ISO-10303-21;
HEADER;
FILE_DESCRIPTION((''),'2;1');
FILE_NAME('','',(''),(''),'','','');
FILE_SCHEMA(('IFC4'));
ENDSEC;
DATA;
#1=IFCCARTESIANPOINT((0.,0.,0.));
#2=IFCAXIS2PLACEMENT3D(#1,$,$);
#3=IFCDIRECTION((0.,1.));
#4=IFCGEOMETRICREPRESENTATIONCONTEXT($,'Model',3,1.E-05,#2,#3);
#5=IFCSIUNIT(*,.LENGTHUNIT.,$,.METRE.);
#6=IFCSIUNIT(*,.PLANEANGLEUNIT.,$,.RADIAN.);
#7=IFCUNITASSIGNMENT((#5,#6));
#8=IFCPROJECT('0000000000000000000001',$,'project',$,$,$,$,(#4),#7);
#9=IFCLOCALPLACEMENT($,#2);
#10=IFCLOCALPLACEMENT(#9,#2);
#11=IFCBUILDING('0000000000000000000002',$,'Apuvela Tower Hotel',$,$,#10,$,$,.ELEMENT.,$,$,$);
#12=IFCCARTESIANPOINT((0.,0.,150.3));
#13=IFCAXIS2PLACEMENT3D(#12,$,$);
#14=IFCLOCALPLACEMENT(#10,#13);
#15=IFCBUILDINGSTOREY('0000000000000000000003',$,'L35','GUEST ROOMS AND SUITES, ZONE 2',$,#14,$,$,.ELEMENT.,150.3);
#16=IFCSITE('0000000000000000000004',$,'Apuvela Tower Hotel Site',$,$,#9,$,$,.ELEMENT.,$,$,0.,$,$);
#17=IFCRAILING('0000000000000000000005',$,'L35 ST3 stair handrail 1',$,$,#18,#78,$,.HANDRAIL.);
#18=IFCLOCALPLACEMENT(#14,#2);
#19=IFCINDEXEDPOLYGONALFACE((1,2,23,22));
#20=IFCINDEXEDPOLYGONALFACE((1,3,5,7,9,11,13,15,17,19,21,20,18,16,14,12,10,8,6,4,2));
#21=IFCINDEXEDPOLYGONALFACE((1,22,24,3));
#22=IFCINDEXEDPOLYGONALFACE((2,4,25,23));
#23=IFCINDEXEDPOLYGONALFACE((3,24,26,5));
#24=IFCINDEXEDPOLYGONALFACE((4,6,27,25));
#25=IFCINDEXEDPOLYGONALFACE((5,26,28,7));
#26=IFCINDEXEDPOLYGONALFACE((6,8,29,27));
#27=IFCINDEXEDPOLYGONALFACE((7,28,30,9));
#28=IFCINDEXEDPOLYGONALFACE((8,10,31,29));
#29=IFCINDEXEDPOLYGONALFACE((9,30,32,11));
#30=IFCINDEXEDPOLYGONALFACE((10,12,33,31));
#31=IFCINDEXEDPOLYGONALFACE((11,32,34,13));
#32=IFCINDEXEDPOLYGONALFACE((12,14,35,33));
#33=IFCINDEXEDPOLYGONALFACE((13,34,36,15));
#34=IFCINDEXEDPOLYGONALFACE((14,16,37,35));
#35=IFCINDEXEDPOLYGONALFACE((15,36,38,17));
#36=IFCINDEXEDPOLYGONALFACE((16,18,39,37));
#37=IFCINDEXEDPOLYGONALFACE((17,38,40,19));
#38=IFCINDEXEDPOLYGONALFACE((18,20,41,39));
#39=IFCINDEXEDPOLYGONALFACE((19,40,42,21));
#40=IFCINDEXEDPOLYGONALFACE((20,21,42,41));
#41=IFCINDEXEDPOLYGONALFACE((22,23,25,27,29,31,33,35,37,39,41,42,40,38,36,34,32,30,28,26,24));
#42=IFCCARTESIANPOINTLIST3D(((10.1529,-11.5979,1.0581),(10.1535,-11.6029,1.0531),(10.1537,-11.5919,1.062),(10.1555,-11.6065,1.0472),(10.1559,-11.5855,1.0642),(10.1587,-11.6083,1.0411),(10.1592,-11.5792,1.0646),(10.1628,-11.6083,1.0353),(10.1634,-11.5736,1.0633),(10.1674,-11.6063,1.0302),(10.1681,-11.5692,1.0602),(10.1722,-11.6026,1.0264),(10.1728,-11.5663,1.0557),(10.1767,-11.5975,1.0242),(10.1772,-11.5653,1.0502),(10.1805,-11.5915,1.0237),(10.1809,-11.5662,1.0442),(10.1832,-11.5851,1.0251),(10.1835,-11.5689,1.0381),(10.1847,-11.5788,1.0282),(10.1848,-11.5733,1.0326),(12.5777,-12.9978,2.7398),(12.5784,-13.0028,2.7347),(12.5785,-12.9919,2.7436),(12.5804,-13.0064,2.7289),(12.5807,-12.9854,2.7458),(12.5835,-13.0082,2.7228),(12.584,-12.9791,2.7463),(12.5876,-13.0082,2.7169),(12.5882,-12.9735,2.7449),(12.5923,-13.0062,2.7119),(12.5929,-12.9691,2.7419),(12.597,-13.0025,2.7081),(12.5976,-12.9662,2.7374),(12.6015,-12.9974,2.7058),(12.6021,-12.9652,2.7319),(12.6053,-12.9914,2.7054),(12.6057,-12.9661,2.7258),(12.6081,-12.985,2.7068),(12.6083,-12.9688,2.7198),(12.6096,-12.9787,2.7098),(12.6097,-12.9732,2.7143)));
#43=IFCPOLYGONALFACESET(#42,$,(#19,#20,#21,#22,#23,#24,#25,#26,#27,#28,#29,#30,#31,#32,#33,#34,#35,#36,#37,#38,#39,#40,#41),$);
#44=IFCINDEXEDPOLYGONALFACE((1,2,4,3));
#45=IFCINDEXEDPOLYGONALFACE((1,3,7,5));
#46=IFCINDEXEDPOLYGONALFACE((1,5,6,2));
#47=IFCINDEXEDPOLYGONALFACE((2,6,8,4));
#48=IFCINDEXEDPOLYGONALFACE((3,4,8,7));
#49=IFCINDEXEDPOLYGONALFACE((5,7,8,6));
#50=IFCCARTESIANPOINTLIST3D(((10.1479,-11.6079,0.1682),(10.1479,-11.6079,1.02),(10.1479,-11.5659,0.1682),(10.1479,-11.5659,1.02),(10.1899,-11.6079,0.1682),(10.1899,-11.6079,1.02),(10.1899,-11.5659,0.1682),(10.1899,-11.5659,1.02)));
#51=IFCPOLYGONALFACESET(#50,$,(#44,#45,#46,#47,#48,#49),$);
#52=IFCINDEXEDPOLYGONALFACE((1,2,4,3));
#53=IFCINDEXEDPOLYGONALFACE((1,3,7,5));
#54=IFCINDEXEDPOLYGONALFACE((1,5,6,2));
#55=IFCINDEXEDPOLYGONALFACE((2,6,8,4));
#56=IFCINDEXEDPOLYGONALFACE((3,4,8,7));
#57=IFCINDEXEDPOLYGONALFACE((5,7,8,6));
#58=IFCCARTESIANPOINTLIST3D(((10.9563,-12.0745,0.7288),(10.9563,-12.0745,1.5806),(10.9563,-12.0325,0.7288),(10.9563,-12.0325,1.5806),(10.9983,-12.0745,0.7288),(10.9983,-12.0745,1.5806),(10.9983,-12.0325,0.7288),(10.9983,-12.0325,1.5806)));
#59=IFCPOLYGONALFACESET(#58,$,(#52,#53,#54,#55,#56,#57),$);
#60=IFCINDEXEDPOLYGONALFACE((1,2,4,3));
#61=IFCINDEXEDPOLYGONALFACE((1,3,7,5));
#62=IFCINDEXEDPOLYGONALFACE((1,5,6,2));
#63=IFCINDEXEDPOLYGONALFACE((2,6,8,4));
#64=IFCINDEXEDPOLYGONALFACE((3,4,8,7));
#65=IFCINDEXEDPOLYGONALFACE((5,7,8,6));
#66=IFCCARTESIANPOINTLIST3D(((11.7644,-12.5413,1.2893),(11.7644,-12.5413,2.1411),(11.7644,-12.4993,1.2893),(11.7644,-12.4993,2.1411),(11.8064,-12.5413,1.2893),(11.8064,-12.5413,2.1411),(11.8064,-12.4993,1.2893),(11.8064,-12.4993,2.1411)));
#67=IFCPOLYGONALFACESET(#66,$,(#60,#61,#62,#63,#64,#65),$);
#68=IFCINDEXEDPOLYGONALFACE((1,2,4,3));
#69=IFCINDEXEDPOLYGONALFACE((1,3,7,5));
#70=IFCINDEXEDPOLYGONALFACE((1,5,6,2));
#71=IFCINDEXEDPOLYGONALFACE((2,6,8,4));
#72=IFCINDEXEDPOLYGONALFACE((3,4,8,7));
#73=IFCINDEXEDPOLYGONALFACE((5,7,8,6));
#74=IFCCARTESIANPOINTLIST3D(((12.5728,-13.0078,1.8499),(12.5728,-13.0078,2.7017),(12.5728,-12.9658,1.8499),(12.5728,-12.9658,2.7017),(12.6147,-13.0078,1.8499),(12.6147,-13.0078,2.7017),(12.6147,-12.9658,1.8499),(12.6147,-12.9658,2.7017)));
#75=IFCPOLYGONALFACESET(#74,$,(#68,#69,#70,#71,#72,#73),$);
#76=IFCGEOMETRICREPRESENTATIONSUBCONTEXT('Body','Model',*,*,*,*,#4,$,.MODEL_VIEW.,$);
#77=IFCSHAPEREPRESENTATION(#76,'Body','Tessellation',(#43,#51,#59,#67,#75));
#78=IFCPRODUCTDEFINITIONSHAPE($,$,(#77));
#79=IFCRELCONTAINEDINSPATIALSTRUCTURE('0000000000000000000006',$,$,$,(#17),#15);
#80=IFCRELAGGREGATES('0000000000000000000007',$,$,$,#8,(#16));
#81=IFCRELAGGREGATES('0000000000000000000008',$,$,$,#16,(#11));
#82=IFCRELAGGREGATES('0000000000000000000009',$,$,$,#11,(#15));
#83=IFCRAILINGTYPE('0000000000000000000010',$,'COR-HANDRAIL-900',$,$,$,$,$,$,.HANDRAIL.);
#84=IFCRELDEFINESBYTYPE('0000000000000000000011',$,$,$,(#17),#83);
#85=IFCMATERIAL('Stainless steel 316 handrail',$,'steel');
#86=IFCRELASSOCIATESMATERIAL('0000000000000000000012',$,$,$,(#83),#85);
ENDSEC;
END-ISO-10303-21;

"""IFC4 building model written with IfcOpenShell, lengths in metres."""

from ifc_helpers import new_model, si_unit, direction, frame, origin, origin_2d, place, context, subcontext, project, spatial, rectangle, circle, extrude, material, type_object, element, save


model = new_model("IFC4")

# Units and contexts
model_context = context("Model", 3, precision=1e-05, world=origin(), true_north=direction((0.0, 1.0)))
body_context = subcontext(model_context, "Body", "Model", "MODEL_VIEW")
ifc_project = project(units=[si_unit("LENGTHUNIT", "METRE"), si_unit("PLANEANGLEUNIT", "RADIAN")], contexts=[model_context])

# Site, building, storey
site_placement = place(None, origin())
site = spatial("IfcSite", under=ifc_project, at=site_placement, Name="Apuvela Tower Hotel Site", CompositionType="ELEMENT", RefElevation=0.0)
building_placement = place(site_placement, origin())
building = spatial("IfcBuilding", under=site, at=building_placement, Name="Apuvela Tower Hotel", CompositionType="ELEMENT")
storey_placement = place(building_placement, frame((0.0, 0.0, 150.3)))
storey = spatial("IfcBuildingStorey", under=building, at=storey_placement, Name="L35", Description="GUEST ROOMS AND SUITES, ZONE 2", CompositionType="ELEMENT", Elevation=150.3)

# Railing
ifc_material_1 = material(Name="Stainless steel 316 handrail", Category="steel")
railing_type_1 = type_object("IfcRailingType", Name="COR-HANDRAIL-900", PredefinedType="HANDRAIL", material=ifc_material_1)
railing_1_placement = place(storey_placement, frame((10.1689, -11.5869, 0.1682)))
element("IfcRailing", 1, at=railing_1_placement, inside=storey, type_object=railing_type_1, Name="L35 ST3 stair handrail 1", PredefinedType="HANDRAIL", context=body_context, shape_type="SweptSolid", body=[
    extrude(circle(Radius=0.0239, at=origin_2d()), frame((0.0, 0.0, 0.876), z_axis=(0.742419, -0.428618, 0.514879), x_axis=(0.499984, 0.866035, 0.0)), (0.0, 0.0, 1.0), 3.2661),
    extrude(rectangle(XDim=0.042, YDim=0.042, at=origin_2d()), origin(), (0.0, 0.0, 1.0), 0.8518),
    extrude(rectangle(XDim=0.042, YDim=0.042, at=origin_2d()), frame((0.8083, -0.4666, 0.5605)), (0.0, 0.0, 1.0), 0.8518),
    extrude(rectangle(XDim=0.042, YDim=0.042, at=origin_2d()), frame((1.6165, -0.9333, 1.1211)), (0.0, 0.0, 1.0), 0.8518),
    extrude(rectangle(XDim=0.042, YDim=0.042, at=origin_2d()), frame((2.4248, -1.3999, 1.6816)), (0.0, 0.0, 1.0), 0.8518),
])

save(model, "model.ifc")
